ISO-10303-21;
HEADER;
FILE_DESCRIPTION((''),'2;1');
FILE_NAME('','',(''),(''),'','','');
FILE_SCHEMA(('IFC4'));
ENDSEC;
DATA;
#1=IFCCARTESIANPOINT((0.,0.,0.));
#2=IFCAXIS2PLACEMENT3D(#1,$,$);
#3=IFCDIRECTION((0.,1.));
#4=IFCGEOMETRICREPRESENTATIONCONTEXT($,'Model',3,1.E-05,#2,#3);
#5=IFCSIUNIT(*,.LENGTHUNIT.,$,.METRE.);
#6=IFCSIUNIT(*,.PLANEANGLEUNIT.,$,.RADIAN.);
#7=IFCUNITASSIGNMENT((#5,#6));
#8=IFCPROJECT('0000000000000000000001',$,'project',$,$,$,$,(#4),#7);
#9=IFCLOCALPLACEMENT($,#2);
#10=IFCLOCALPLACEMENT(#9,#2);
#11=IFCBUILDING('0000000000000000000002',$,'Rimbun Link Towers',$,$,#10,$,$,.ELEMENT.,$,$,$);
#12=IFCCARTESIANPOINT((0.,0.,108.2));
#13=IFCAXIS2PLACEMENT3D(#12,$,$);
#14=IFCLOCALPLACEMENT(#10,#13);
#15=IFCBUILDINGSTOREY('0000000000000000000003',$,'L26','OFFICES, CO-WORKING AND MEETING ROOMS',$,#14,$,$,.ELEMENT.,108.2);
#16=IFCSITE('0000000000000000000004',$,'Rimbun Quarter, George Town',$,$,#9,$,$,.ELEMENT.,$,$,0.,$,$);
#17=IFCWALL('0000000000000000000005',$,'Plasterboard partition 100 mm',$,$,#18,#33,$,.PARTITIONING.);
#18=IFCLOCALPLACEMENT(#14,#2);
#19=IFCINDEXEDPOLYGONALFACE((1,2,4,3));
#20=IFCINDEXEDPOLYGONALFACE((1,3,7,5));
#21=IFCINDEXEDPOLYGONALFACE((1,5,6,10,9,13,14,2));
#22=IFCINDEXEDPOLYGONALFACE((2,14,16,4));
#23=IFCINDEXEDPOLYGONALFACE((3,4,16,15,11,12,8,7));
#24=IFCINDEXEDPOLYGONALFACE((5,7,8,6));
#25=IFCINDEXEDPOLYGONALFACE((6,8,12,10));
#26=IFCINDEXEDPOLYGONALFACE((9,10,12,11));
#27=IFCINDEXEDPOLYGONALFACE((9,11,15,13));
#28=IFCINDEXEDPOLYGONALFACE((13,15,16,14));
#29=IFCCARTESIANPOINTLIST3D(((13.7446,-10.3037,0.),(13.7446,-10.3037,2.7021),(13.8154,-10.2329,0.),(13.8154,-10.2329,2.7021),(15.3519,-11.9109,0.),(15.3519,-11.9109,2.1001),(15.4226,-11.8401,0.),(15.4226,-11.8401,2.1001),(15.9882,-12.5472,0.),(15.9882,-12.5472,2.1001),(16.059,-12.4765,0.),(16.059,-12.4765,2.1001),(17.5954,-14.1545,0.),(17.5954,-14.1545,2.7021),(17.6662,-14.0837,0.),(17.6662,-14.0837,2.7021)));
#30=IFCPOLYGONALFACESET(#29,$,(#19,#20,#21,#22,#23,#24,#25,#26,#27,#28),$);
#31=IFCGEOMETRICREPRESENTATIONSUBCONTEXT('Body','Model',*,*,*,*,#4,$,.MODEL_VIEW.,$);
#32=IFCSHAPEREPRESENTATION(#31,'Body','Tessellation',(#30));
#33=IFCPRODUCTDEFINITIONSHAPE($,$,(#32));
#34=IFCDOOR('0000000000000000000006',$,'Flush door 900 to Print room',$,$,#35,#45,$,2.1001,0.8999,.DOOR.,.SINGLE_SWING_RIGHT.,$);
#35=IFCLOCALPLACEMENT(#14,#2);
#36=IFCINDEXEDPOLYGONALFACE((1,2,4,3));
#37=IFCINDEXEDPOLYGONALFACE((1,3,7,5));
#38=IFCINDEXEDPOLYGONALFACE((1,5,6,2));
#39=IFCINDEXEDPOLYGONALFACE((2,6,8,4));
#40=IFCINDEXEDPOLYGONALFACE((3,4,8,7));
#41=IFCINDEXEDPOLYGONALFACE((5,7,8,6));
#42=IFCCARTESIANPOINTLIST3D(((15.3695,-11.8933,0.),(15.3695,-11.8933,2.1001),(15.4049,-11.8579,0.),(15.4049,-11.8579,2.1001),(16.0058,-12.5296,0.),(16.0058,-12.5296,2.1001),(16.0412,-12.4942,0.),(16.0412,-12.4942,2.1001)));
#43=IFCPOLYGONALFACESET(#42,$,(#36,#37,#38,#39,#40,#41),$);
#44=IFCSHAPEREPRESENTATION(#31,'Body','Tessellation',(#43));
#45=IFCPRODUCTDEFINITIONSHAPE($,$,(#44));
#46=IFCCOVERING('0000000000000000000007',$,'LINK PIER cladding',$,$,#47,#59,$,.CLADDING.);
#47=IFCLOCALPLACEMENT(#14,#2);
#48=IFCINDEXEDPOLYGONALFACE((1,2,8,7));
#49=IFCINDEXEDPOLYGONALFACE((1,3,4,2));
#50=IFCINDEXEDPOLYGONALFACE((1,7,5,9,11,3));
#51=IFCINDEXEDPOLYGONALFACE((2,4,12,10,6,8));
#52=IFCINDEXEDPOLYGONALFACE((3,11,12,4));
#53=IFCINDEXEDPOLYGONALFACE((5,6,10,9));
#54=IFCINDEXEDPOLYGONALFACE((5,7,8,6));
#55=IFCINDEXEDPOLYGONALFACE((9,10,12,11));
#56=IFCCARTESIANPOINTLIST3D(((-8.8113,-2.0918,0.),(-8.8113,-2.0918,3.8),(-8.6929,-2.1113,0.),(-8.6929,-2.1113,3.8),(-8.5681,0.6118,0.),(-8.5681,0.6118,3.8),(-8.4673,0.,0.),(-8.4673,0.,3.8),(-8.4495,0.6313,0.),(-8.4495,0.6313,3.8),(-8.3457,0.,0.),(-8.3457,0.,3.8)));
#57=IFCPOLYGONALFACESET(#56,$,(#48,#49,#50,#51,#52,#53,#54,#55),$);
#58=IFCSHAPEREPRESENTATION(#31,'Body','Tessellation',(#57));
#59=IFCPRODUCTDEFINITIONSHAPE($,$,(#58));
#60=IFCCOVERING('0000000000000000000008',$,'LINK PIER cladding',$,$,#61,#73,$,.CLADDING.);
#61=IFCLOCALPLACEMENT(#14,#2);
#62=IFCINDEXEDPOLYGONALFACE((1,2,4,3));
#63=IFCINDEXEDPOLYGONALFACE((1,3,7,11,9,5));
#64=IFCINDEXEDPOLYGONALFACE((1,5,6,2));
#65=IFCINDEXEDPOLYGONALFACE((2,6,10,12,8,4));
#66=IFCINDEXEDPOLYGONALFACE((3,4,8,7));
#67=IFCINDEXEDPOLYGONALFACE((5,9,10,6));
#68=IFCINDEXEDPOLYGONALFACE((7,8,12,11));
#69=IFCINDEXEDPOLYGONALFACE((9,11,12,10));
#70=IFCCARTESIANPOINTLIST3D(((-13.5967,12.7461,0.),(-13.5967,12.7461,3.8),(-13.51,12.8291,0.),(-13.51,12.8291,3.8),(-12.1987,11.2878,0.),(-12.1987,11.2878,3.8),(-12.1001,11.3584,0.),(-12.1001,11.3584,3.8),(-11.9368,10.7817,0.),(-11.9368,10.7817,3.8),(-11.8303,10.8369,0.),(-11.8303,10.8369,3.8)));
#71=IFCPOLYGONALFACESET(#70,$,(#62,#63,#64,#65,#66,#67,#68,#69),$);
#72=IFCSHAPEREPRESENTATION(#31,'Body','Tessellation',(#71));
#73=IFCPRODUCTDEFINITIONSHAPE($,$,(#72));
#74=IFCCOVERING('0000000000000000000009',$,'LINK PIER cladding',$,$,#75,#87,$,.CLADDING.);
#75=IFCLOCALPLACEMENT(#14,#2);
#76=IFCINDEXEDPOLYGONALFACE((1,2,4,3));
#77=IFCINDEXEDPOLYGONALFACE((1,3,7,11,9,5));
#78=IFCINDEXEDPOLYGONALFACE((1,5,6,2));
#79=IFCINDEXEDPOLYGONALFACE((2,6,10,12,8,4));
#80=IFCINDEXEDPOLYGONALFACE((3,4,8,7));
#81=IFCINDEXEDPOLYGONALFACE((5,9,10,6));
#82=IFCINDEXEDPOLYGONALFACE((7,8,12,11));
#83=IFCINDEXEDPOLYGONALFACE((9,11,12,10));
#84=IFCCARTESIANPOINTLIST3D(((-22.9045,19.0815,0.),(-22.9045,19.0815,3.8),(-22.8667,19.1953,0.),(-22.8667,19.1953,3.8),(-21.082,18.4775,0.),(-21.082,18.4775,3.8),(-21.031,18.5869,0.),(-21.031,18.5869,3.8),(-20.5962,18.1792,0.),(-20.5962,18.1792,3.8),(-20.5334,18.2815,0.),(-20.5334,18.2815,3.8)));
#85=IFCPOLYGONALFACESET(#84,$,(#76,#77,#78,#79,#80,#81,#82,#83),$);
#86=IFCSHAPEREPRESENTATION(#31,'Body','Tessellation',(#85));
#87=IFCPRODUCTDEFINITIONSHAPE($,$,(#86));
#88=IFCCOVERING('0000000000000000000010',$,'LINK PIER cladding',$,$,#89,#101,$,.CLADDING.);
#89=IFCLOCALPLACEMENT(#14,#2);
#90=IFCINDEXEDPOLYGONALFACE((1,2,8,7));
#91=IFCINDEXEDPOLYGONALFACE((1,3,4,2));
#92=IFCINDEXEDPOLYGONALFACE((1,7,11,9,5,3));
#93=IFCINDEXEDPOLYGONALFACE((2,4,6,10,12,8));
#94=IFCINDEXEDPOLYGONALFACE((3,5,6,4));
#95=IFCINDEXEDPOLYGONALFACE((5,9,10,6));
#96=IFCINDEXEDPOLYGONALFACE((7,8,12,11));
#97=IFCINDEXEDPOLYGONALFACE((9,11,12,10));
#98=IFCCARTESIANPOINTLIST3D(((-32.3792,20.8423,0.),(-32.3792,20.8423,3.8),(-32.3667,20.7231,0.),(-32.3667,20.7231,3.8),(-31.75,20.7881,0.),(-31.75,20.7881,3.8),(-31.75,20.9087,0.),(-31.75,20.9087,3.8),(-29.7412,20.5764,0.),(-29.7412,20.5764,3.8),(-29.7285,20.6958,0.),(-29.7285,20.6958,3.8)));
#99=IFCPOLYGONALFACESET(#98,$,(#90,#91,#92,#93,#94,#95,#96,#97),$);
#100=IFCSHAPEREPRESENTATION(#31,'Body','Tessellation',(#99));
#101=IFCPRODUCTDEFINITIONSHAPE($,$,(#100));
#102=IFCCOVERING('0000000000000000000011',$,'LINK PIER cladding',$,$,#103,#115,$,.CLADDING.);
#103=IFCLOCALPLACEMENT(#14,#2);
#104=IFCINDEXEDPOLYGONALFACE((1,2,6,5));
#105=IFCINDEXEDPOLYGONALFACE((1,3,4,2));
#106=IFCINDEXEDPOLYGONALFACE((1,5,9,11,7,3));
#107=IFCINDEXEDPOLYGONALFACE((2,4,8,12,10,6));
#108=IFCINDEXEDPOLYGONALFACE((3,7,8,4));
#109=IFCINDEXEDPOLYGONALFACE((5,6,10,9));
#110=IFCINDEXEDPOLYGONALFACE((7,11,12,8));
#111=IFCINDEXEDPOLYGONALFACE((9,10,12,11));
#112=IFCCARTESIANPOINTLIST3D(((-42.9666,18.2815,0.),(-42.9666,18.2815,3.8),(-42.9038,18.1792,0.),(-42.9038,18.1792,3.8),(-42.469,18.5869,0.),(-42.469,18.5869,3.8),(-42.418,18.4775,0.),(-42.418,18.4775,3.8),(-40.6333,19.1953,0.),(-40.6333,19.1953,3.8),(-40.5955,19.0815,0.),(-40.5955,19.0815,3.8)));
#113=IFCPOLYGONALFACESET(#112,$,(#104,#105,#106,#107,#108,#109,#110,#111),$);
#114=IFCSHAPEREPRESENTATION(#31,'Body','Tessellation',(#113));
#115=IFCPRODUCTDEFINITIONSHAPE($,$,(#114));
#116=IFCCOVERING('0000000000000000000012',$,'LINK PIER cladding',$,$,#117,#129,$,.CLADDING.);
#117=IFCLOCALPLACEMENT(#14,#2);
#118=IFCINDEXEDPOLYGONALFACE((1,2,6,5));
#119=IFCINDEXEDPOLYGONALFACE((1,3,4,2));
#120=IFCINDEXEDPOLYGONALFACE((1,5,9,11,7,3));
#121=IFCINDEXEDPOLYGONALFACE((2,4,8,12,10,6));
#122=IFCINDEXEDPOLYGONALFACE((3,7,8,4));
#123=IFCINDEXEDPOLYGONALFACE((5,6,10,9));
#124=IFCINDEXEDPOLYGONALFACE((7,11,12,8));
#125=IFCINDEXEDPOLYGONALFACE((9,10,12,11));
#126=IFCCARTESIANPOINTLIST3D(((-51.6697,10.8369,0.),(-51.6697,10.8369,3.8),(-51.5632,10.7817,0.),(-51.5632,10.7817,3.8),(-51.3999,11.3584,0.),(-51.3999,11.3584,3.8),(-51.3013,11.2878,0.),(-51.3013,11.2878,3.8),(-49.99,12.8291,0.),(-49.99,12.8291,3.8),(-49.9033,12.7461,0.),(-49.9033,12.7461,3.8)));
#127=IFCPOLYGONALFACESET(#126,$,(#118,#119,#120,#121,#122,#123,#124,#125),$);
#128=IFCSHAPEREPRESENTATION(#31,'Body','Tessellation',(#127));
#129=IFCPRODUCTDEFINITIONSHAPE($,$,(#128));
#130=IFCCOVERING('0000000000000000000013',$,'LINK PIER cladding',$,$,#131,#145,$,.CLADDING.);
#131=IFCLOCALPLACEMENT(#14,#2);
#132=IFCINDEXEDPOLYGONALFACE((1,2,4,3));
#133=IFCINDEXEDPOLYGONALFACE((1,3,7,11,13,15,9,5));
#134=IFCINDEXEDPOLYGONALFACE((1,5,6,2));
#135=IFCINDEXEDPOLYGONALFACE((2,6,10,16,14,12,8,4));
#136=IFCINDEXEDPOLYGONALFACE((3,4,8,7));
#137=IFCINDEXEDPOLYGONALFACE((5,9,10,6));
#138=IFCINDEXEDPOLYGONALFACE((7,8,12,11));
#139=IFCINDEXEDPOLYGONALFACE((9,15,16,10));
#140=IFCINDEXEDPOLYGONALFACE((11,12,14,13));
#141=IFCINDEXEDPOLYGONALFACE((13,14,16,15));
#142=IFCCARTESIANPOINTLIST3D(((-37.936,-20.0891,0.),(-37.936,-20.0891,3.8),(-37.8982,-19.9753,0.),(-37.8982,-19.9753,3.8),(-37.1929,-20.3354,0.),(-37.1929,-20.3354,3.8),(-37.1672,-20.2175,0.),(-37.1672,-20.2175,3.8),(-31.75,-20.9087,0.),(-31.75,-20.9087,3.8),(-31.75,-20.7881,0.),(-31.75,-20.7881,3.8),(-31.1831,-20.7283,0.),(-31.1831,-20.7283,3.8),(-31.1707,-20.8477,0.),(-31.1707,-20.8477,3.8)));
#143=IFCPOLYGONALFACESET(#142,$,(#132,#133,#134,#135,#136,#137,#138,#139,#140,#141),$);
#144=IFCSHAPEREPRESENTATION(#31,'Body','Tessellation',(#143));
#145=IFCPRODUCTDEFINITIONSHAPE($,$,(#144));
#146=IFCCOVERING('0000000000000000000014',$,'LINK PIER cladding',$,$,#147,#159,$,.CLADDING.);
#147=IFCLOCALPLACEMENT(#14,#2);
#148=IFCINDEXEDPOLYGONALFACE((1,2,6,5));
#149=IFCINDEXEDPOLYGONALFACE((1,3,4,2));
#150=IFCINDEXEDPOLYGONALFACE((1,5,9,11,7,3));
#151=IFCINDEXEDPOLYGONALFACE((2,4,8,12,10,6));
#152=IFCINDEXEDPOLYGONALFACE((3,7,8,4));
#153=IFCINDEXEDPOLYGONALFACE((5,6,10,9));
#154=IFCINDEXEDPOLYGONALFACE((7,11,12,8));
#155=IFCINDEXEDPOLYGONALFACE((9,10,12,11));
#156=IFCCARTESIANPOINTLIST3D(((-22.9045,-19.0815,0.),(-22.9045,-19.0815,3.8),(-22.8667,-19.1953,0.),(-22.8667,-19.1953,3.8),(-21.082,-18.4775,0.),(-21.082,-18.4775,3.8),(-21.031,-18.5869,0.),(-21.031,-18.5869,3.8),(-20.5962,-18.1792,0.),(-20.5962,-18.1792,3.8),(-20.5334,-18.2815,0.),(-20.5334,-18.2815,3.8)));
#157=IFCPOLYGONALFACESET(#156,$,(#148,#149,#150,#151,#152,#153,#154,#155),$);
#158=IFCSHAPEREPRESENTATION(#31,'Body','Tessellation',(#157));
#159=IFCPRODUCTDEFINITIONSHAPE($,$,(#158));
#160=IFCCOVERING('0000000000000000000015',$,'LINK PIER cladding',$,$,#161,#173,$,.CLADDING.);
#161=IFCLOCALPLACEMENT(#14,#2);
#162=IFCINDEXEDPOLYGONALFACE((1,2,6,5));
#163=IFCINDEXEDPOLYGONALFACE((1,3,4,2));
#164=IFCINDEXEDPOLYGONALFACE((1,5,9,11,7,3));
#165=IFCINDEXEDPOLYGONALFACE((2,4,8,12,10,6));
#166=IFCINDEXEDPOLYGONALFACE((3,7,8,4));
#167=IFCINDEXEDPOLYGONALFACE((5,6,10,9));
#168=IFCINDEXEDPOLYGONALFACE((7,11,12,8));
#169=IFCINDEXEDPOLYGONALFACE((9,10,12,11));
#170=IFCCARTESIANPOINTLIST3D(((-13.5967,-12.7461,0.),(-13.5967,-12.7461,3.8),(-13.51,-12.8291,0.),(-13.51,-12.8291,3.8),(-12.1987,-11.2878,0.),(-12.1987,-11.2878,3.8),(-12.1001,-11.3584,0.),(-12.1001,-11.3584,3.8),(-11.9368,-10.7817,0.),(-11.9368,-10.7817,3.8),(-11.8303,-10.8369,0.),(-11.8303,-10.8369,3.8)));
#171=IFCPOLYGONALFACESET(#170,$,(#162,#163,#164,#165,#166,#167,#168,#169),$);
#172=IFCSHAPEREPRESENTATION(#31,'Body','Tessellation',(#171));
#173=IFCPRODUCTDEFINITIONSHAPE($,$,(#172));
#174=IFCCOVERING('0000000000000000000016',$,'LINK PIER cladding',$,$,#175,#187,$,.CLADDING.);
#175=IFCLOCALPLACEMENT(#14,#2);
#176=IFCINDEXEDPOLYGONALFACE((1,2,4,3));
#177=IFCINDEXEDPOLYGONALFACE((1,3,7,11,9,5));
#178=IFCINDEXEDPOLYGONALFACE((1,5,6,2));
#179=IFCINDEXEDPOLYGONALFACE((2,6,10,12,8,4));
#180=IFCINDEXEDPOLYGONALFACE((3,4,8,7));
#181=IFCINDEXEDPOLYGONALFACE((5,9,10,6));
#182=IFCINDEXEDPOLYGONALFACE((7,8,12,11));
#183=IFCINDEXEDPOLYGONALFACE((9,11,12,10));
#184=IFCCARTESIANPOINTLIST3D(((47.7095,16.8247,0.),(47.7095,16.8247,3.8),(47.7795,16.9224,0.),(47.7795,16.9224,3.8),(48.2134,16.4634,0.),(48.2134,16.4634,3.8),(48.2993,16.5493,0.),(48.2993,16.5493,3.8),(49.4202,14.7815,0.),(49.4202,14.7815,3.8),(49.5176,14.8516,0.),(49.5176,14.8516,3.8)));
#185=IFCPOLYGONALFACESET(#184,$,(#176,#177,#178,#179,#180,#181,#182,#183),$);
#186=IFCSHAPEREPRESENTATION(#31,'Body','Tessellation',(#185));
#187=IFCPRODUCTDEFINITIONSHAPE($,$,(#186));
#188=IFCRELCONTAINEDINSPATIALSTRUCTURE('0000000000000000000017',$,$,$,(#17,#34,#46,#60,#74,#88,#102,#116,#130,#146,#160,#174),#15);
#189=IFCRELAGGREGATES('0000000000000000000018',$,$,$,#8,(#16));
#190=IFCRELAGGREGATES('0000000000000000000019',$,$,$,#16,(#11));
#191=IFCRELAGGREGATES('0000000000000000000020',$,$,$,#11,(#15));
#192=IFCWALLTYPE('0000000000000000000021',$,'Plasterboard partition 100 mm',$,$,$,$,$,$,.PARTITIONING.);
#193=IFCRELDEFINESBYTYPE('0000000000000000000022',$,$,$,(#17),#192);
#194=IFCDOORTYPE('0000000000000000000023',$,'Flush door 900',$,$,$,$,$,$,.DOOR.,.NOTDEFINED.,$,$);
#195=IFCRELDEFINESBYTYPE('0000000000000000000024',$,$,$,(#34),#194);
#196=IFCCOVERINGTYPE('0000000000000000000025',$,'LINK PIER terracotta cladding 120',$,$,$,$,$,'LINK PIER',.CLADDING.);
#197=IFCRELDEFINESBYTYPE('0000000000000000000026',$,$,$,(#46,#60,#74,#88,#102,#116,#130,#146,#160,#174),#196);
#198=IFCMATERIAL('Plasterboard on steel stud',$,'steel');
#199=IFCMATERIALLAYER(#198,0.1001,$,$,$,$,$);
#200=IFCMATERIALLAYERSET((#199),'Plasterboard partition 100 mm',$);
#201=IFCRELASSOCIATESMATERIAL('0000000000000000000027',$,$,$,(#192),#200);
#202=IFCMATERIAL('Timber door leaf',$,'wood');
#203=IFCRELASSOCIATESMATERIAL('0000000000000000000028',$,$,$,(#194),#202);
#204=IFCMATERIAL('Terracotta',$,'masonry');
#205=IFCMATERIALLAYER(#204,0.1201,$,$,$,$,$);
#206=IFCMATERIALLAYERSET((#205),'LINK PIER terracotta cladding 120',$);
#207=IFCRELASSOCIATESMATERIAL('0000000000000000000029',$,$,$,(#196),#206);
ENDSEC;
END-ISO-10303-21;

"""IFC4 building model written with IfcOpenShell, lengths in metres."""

from ifc_helpers import new_model, si_unit, direction, frame, frame_2d, origin, place, context, subcontext, project, spatial, polyline, rectangle, outline, extrude, material, layer, layer_set, type_object, element, fill, save


model = new_model("IFC4")

# Units and contexts
model_context = context("Model", 3, precision=1e-05, world=origin(), true_north=direction((0.0, 1.0)))
body_context = subcontext(model_context, "Body", "Model", "MODEL_VIEW")
ifc_project = project(units=[si_unit("LENGTHUNIT", "METRE"), si_unit("PLANEANGLEUNIT", "RADIAN")], contexts=[model_context])

# Site, building, storey
site_placement = place(None, origin())
site = spatial("IfcSite", under=ifc_project, at=site_placement, Name="Rimbun Quarter, George Town", CompositionType="ELEMENT", RefElevation=0.0)
building_placement = place(site_placement, origin())
building = spatial("IfcBuilding", under=site, at=building_placement, Name="Rimbun Link Towers", CompositionType="ELEMENT")
storey_placement = place(building_placement, frame((0.0, 0.0, 108.2)))
storey = spatial("IfcBuildingStorey", under=building, at=storey_placement, Name="L26", Description="OFFICES, CO-WORKING AND MEETING ROOMS", CompositionType="ELEMENT", Elevation=108.2)

# Wall, opening, door
ifc_material_1 = material(Name="Plasterboard on steel stud", Category="steel")
ifc_layer_1 = layer(ifc_material_1, 0.1001)
ifc_layer_set_1 = layer_set([ifc_layer_1], Name="Plasterboard partition 100 mm")
wall_type = type_object("IfcWallType", Name="Plasterboard partition 100 mm", PredefinedType="PARTITIONING", material=ifc_layer_set_1)
wall_1_placement = place(storey_placement, frame((13.78, -10.2683, 0.0), z_axis=(0.0, 0.0, 1.0), x_axis=(0.707107, -0.707107, 0.0)))
wall_1 = element("IfcWall", 1, at=wall_1_placement, inside=storey, type_object=wall_type, Name="Plasterboard partition 100 mm", PredefinedType="PARTITIONING", context=body_context, shape_type="SweptSolid", body=[
    extrude(rectangle(XDim=5.4458, YDim=0.1001, at=frame_2d((2.7229, 0.0))), origin(), (0.0, 0.0, 1.0), 2.7021),
])
opening_1_placement = place(wall_1_placement, frame((2.2729, 0.0, 0.0)))
opening_1 = element("IfcOpeningElement", 2, at=opening_1_placement, cuts=wall_1, PredefinedType="OPENING", context=body_context, shape_type="SweptSolid", body=[
    extrude(rectangle(XDim=0.8999, YDim=2.1001, at=frame_2d((0.45, 1.05))), frame((0.0, 0.0601, 0.0), z_axis=(0.0, -1.0, 0.0), x_axis=(1.0, 0.0, 0.0)), (0.0, 0.0, 1.0), 0.1201),
])
ifc_material_2 = material(Name="Timber door leaf", Category="wood")
door_type_1 = type_object("IfcDoorType", Name="Flush door 900", OperationType="NOTDEFINED", PredefinedType="DOOR", material=ifc_material_2)
door_1_placement = place(opening_1_placement, origin())
door_1 = element("IfcDoor", 3, at=door_1_placement, inside=storey, type_object=door_type_1, Name="Flush door 900 to Print room", OperationType="SINGLE_SWING_RIGHT", OverallHeight=2.1001, OverallWidth=0.8999, PredefinedType="DOOR", context=body_context, shape_type="SweptSolid", body=[
    extrude(rectangle(XDim=0.8999, YDim=2.1001, at=frame_2d((0.45, 1.05))), frame((0.0, 0.0249, 0.0), z_axis=(0.0, -1.0, 0.0), x_axis=(1.0, 0.0, 0.0)), (0.0, 0.0, 1.0), 0.05),
])
fill(opening_1, door_1)

# Coverings
ifc_material_3 = material(Name="Terracotta", Category="masonry")
ifc_layer_2 = layer(ifc_material_3, 0.1201)
ifc_layer_set_2 = layer_set([ifc_layer_2], Name="LINK PIER terracotta cladding 120")
covering_type_1 = type_object("IfcCoveringType", Name="LINK PIER terracotta cladding 120", ElementType="LINK PIER", PredefinedType="CLADDING", material=ifc_layer_set_2)
covering_1_placement = place(storey_placement, origin())
element("IfcCovering", 4, at=covering_1_placement, inside=storey, type_object=covering_type_1, Name="LINK PIER cladding", PredefinedType="CLADDING", context=body_context, shape_type="SweptSolid", body=[
    extrude(outline(polyline([(-8.5681, 0.6118), (-8.4673, 0.0), (-8.8113, -2.0918), (-8.6929, -2.1113), (-8.3457, 0.0), (-8.4495, 0.6313), (-8.5681, 0.6118)])), origin(), (0.0, 0.0, 1.0), 3.8),
])
covering_2_placement = place(storey_placement, origin())
element("IfcCovering", 5, at=covering_2_placement, inside=storey, type_object=covering_type_1, Name="LINK PIER cladding", PredefinedType="CLADDING", context=body_context, shape_type="SweptSolid", body=[
    extrude(outline(polyline([(-13.5967, 12.7461), (-12.1987, 11.2878), (-11.9368, 10.7817), (-11.8303, 10.8369), (-12.1001, 11.3584), (-13.51, 12.8291), (-13.5967, 12.7461)])), origin(), (0.0, 0.0, 1.0), 3.8),
])
covering_3_placement = place(storey_placement, origin())
element("IfcCovering", 6, at=covering_3_placement, inside=storey, type_object=covering_type_1, Name="LINK PIER cladding", PredefinedType="CLADDING", context=body_context, shape_type="SweptSolid", body=[
    extrude(outline(polyline([(-22.9045, 19.0815), (-21.082, 18.4775), (-20.5962, 18.1792), (-20.5334, 18.2815), (-21.031, 18.5869), (-22.8667, 19.1953), (-22.9045, 19.0815)])), origin(), (0.0, 0.0, 1.0), 3.8),
])
covering_4_placement = place(storey_placement, origin())
element("IfcCovering", 7, at=covering_4_placement, inside=storey, type_object=covering_type_1, Name="LINK PIER cladding", PredefinedType="CLADDING", context=body_context, shape_type="SweptSolid", body=[
    extrude(outline(polyline([(-32.3667, 20.7231), (-31.75, 20.7881), (-29.7412, 20.5764), (-29.7285, 20.6958), (-31.75, 20.9087), (-32.3792, 20.8423), (-32.3667, 20.7231)])), origin(), (0.0, 0.0, 1.0), 3.8),
])
covering_5_placement = place(storey_placement, origin())
element("IfcCovering", 8, at=covering_5_placement, inside=storey, type_object=covering_type_1, Name="LINK PIER cladding", PredefinedType="CLADDING", context=body_context, shape_type="SweptSolid", body=[
    extrude(outline(polyline([(-42.9038, 18.1792), (-42.418, 18.4775), (-40.5955, 19.0815), (-40.6333, 19.1953), (-42.469, 18.5869), (-42.9666, 18.2815), (-42.9038, 18.1792)])), origin(), (0.0, 0.0, 1.0), 3.8),
])
covering_6_placement = place(storey_placement, origin())
element("IfcCovering", 9, at=covering_6_placement, inside=storey, type_object=covering_type_1, Name="LINK PIER cladding", PredefinedType="CLADDING", context=body_context, shape_type="SweptSolid", body=[
    extrude(outline(polyline([(-51.5632, 10.7817), (-51.3013, 11.2878), (-49.9033, 12.7461), (-49.99, 12.8291), (-51.3999, 11.3584), (-51.6697, 10.8369), (-51.5632, 10.7817)])), origin(), (0.0, 0.0, 1.0), 3.8),
])
covering_7_placement = place(storey_placement, origin())
element("IfcCovering", 10, at=covering_7_placement, inside=storey, type_object=covering_type_1, Name="LINK PIER cladding", PredefinedType="CLADDING", context=body_context, shape_type="SweptSolid", body=[
    extrude(outline(polyline([(-31.1831, -20.7283), (-31.75, -20.7881), (-37.1672, -20.2175), (-37.8982, -19.9753), (-37.936, -20.0891), (-37.1929, -20.3354), (-31.75, -20.9087), (-31.1707, -20.8477), (-31.1831, -20.7283)])), origin(), (0.0, 0.0, 1.0), 3.8),
])
covering_8_placement = place(storey_placement, origin())
element("IfcCovering", 11, at=covering_8_placement, inside=storey, type_object=covering_type_1, Name="LINK PIER cladding", PredefinedType="CLADDING", context=body_context, shape_type="SweptSolid", body=[
    extrude(outline(polyline([(-20.5962, -18.1792), (-21.082, -18.4775), (-22.9045, -19.0815), (-22.8667, -19.1953), (-21.031, -18.5869), (-20.5334, -18.2815), (-20.5962, -18.1792)])), origin(), (0.0, 0.0, 1.0), 3.8),
])
covering_9_placement = place(storey_placement, origin())
element("IfcCovering", 12, at=covering_9_placement, inside=storey, type_object=covering_type_1, Name="LINK PIER cladding", PredefinedType="CLADDING", context=body_context, shape_type="SweptSolid", body=[
    extrude(outline(polyline([(-11.9368, -10.7817), (-12.1987, -11.2878), (-13.5967, -12.7461), (-13.51, -12.8291), (-12.1001, -11.3584), (-11.8303, -10.8369), (-11.9368, -10.7817)])), origin(), (0.0, 0.0, 1.0), 3.8),
])
covering_10_placement = place(storey_placement, origin())
element("IfcCovering", 13, at=covering_10_placement, inside=storey, type_object=covering_type_1, Name="LINK PIER cladding", PredefinedType="CLADDING", context=body_context, shape_type="SweptSolid", body=[
    extrude(outline(polyline([(47.7095, 16.8247), (48.2134, 16.4634), (49.4202, 14.7815), (49.5176, 14.8516), (48.2993, 16.5493), (47.7795, 16.9224), (47.7095, 16.8247)])), origin(), (0.0, 0.0, 1.0), 3.8),
])

save(model, "model.ifc")
